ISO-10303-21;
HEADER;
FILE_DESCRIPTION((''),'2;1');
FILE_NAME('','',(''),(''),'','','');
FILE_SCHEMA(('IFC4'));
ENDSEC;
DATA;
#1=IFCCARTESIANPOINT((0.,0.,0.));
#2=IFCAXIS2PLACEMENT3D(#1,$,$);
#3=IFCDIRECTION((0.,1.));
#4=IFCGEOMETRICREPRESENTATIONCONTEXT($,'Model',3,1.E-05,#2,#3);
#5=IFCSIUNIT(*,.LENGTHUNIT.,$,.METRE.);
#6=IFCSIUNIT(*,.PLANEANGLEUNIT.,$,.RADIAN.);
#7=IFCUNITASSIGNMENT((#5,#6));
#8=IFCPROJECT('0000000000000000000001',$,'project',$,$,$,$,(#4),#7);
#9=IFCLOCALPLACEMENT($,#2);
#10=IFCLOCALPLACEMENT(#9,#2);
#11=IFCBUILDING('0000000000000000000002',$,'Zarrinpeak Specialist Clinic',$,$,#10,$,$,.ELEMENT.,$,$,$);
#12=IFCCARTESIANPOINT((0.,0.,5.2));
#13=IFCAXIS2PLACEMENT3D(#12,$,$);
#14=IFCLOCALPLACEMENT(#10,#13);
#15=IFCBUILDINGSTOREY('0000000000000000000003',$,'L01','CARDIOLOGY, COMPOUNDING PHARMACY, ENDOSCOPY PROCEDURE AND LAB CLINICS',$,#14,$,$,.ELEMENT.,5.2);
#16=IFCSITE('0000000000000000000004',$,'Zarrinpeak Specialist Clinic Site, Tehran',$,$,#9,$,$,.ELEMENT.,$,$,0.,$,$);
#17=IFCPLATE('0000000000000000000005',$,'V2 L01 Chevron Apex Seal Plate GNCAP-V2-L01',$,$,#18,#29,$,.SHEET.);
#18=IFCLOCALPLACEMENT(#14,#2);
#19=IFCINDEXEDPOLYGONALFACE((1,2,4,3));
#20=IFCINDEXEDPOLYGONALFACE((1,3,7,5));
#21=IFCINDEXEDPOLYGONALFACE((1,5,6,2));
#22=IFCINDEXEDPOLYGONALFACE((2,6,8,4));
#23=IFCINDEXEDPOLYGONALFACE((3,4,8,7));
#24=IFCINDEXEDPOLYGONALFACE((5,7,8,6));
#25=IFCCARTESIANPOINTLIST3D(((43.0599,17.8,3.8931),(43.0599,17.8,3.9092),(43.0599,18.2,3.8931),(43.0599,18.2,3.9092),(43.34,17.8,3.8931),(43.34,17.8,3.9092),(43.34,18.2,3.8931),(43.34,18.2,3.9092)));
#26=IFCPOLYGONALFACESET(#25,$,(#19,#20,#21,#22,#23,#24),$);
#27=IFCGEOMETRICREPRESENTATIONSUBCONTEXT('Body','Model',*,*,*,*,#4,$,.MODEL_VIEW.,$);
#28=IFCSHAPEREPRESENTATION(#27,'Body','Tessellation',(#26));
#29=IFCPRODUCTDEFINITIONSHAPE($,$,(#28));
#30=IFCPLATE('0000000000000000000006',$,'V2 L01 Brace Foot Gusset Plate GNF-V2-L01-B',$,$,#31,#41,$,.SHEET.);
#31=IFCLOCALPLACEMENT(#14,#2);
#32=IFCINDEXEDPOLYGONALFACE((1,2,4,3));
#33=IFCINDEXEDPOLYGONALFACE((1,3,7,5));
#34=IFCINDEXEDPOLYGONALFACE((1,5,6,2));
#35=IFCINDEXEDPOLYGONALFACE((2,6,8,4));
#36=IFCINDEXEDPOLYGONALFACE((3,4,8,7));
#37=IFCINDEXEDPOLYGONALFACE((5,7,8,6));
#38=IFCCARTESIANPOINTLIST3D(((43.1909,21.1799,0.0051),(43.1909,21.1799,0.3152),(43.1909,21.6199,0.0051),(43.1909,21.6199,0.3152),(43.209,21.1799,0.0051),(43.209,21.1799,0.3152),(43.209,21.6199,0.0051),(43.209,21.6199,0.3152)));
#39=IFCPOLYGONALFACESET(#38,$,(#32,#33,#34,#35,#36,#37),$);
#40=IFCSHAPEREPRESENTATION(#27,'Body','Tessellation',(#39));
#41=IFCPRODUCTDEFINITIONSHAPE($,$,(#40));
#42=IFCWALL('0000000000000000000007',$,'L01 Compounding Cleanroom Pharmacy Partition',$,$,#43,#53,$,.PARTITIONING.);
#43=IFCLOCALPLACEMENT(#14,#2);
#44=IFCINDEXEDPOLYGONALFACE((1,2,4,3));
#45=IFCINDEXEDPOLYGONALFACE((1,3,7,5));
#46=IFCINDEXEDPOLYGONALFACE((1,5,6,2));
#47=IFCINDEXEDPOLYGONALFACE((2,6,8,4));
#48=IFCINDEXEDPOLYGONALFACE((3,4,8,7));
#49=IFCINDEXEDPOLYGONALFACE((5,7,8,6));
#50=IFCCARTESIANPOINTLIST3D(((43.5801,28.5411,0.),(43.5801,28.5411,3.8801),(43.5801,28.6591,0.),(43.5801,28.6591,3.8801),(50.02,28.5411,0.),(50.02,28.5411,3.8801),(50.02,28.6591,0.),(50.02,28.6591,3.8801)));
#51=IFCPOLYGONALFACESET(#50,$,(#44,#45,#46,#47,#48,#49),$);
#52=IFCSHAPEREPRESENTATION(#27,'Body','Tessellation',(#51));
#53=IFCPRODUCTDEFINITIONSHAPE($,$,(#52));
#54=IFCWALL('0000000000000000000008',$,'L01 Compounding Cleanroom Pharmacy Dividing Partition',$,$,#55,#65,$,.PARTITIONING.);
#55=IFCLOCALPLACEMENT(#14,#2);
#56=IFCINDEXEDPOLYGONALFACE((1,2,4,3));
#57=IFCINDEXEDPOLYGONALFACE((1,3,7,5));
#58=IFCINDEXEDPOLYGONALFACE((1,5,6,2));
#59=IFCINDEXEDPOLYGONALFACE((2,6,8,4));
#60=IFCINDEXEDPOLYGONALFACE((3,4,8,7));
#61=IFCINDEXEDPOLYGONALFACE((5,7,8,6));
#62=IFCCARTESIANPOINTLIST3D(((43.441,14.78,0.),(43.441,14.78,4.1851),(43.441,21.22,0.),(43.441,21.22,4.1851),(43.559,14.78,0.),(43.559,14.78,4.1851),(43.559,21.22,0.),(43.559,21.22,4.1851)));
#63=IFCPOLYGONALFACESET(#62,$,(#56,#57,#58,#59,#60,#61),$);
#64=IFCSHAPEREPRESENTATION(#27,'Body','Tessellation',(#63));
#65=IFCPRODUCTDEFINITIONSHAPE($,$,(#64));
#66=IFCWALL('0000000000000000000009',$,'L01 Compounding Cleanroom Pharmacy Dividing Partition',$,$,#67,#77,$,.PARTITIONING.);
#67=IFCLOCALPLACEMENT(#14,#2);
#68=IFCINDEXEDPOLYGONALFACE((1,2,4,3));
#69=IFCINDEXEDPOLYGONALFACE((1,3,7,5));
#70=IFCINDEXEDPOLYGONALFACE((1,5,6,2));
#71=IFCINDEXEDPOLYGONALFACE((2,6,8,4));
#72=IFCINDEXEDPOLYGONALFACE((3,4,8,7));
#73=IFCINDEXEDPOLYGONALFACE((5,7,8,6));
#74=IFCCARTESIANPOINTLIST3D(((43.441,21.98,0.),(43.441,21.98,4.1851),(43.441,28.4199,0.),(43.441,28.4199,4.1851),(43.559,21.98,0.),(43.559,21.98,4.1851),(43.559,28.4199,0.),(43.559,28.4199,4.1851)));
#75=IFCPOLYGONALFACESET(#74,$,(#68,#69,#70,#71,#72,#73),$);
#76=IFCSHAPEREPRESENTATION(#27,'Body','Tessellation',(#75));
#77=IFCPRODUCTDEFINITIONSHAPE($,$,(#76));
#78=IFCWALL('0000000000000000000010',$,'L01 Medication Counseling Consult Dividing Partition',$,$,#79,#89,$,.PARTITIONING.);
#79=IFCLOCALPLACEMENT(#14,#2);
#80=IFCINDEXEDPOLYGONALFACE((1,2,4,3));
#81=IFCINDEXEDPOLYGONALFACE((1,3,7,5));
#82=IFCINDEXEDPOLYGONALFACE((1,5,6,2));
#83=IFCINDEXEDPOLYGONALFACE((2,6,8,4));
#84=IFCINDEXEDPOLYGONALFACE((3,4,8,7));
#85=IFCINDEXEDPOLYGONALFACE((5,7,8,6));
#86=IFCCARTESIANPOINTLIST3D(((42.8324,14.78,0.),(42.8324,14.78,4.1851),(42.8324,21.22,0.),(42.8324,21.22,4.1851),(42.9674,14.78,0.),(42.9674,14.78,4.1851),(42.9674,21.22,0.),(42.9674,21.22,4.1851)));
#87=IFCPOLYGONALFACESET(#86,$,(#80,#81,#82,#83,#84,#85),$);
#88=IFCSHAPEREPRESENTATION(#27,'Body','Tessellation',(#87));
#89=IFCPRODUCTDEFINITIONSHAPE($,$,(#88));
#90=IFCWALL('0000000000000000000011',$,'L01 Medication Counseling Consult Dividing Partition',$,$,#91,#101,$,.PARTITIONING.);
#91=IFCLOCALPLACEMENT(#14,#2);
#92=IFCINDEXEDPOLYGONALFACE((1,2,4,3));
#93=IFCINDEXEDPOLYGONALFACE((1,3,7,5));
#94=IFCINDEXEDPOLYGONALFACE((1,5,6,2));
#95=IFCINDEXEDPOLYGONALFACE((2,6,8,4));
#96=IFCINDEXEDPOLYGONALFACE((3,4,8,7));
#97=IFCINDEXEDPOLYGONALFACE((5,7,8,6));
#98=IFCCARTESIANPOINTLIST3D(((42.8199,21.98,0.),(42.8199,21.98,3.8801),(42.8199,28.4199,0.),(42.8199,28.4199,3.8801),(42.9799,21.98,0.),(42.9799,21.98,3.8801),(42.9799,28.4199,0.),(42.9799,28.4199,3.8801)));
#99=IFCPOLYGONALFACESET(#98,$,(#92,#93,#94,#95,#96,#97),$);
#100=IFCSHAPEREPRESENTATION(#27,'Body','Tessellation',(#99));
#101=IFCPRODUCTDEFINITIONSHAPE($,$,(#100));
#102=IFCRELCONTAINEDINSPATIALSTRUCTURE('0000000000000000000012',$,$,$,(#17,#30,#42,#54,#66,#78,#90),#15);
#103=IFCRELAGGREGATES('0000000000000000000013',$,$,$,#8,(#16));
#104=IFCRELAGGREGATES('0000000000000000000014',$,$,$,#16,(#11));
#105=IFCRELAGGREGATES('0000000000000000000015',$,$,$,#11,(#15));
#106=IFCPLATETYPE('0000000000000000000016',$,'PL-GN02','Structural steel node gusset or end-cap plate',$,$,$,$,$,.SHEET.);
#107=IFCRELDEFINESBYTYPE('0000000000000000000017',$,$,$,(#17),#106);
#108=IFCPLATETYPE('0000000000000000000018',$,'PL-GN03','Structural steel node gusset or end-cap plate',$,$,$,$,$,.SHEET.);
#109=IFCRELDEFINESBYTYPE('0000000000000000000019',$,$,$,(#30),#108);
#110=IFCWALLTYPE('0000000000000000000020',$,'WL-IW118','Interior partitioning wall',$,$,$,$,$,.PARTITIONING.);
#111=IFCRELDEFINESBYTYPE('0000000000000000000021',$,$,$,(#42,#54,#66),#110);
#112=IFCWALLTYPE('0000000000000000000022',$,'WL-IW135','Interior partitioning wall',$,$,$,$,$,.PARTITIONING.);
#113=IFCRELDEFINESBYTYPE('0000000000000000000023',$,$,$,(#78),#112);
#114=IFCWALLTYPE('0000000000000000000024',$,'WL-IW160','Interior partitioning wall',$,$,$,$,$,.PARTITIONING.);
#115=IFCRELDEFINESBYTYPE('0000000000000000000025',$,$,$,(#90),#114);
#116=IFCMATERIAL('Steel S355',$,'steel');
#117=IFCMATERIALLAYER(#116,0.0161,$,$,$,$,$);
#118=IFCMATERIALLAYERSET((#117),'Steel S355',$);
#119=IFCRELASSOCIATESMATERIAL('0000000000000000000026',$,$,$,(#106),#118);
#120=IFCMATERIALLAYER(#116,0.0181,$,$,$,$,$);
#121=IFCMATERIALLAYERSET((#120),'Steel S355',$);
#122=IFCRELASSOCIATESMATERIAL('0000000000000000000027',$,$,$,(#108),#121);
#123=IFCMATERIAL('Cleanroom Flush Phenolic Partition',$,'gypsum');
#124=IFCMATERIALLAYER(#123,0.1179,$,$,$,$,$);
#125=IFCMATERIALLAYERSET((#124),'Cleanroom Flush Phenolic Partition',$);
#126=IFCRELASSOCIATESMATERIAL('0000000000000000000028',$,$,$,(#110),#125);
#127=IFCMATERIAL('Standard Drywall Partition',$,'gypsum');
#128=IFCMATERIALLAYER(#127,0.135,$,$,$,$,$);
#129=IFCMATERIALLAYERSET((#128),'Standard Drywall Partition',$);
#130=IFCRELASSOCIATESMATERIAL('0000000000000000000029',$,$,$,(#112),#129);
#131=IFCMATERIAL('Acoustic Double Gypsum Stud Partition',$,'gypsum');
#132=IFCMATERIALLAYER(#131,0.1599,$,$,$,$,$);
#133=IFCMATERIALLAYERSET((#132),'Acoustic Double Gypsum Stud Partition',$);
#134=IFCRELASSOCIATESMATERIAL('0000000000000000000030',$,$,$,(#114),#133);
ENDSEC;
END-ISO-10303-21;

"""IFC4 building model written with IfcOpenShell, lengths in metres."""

from ifc_helpers import new_model, si_unit, direction, frame, frame_2d, origin, origin_2d, place, context, subcontext, project, spatial, rectangle, extrude, material, layer, layer_set, type_object, element, save


model = new_model("IFC4")

# Units and contexts
model_context = context("Model", 3, precision=1e-05, world=origin(), true_north=direction((0.0, 1.0)))
body_context = subcontext(model_context, "Body", "Model", "MODEL_VIEW")
ifc_project = project(units=[si_unit("LENGTHUNIT", "METRE"), si_unit("PLANEANGLEUNIT", "RADIAN")], contexts=[model_context])

# Site, building, storey
site_placement = place(None, origin())
site = spatial("IfcSite", under=ifc_project, at=site_placement, Name="Zarrinpeak Specialist Clinic Site, Tehran", CompositionType="ELEMENT", RefElevation=0.0)
building_placement = place(site_placement, origin())
building = spatial("IfcBuilding", under=site, at=building_placement, Name="Zarrinpeak Specialist Clinic", CompositionType="ELEMENT")
storey_placement = place(building_placement, frame((0.0, 0.0, 5.2)))
storey = spatial("IfcBuildingStorey", under=building, at=storey_placement, Name="L01", Description="CARDIOLOGY, COMPOUNDING PHARMACY, ENDOSCOPY PROCEDURE AND LAB CLINICS", CompositionType="ELEMENT", Elevation=5.2)

# Shared definitions
ifc_material_1 = material(Name="Steel S355", Category="steel")

# Plates
ifc_layer_1 = layer(ifc_material_1, 0.0161)
ifc_layer_set_1 = layer_set([ifc_layer_1], Name="Steel S355")
plate_type_1 = type_object("IfcPlateType", Name="PL-GN02", Description="Structural steel node gusset or end-cap plate", PredefinedType="SHEET", material=ifc_layer_set_1)
plate_1_placement = place(storey_placement, frame((43.2, 18.0, 3.8931), z_axis=(0.0, 0.0, 1.0), x_axis=(1.0, 0.0, 0.0)))
element("IfcPlate", 1, at=plate_1_placement, inside=storey, type_object=plate_type_1, Name="V2 L01 Chevron Apex Seal Plate GNCAP-V2-L01", PredefinedType="SHEET", context=body_context, shape_type="SweptSolid", body=[
    extrude(rectangle(XDim=0.28, YDim=0.3999, at=origin_2d()), origin(), (0.0, 0.0, 1.0), 0.0161),
])
ifc_layer_2 = layer(ifc_material_1, 0.0181)
ifc_layer_set_2 = layer_set([ifc_layer_2], Name="Steel S355")
plate_type_2 = type_object("IfcPlateType", Name="PL-GN03", Description="Structural steel node gusset or end-cap plate", PredefinedType="SHEET", material=ifc_layer_set_2)
plate_2_placement = place(storey_placement, frame((43.2, 21.3999, 0.0051), z_axis=(0.0, 0.0, 1.0), x_axis=(1.0, 0.0, 0.0)))
element("IfcPlate", 2, at=plate_2_placement, inside=storey, type_object=plate_type_2, Name="V2 L01 Brace Foot Gusset Plate GNF-V2-L01-B", PredefinedType="SHEET", context=body_context, shape_type="SweptSolid", body=[
    extrude(rectangle(XDim=0.0181, YDim=0.4399, at=origin_2d()), origin(), (0.0, 0.0, 1.0), 0.3101),
])

# Walls
ifc_material_2 = material(Name="Cleanroom Flush Phenolic Partition", Category="gypsum")
ifc_layer_3 = layer(ifc_material_2, 0.1179)
ifc_layer_set_3 = layer_set([ifc_layer_3], Name="Cleanroom Flush Phenolic Partition")
wall_type_1 = type_object("IfcWallType", Name="WL-IW118", Description="Interior partitioning wall", PredefinedType="PARTITIONING", material=ifc_layer_set_3)
wall_1_placement = place(storey_placement, frame((43.5801, 28.6001, 0.0), z_axis=(0.0, 0.0, 1.0), x_axis=(1.0, 0.0, 0.0)))
element("IfcWall", 3, at=wall_1_placement, inside=storey, type_object=wall_type_1, Name="L01 Compounding Cleanroom Pharmacy Partition", PredefinedType="PARTITIONING", context=body_context, shape_type="SweptSolid", body=[
    extrude(rectangle(XDim=6.4399, YDim=0.1179, at=frame_2d((3.22, 0.0))), origin(), (0.0, 0.0, 1.0), 3.8801),
])
for number, where, z_axis, x_axis, name in (
    (4, (43.5, 14.78, 0.0), (0.0, 0.0, 1.0), (0.0, 1.0, 0.0), "L01 Compounding Cleanroom Pharmacy Dividing Partition"),
    (5, (43.5, 21.98, 0.0), (0.0, 0.0, 1.0), (0.0, 1.0, 0.0), "L01 Compounding Cleanroom Pharmacy Dividing Partition"),
):
    element("IfcWall", number, at=place(storey_placement, frame(where, z_axis=z_axis, x_axis=x_axis)), inside=storey, type_object=wall_type_1, Name=name, PredefinedType="PARTITIONING", context=body_context, shape_type="SweptSolid", body=[
        extrude(rectangle(XDim=6.4399, YDim=0.1179, at=frame_2d((3.22, 0.0))), origin(), (0.0, 0.0, 1.0), 4.1851),
    ])
ifc_material_3 = material(Name="Standard Drywall Partition", Category="gypsum")
ifc_layer_4 = layer(ifc_material_3, 0.135)
ifc_layer_set_4 = layer_set([ifc_layer_4], Name="Standard Drywall Partition")
wall_type_2 = type_object("IfcWallType", Name="WL-IW135", Description="Interior partitioning wall", PredefinedType="PARTITIONING", material=ifc_layer_set_4)
wall_2_placement = place(storey_placement, frame((42.8999, 14.78, 0.0), z_axis=(0.0, 0.0, 1.0), x_axis=(0.0, 1.0, 0.0)))
element("IfcWall", 6, at=wall_2_placement, inside=storey, type_object=wall_type_2, Name="L01 Medication Counseling Consult Dividing Partition", PredefinedType="PARTITIONING", context=body_context, shape_type="SweptSolid", body=[
    extrude(rectangle(XDim=6.4399, YDim=0.135, at=frame_2d((3.22, 0.0))), origin(), (0.0, 0.0, 1.0), 4.1851),
])
ifc_material_4 = material(Name="Acoustic Double Gypsum Stud Partition", Category="gypsum")
ifc_layer_5 = layer(ifc_material_4, 0.1599)
ifc_layer_set_5 = layer_set([ifc_layer_5], Name="Acoustic Double Gypsum Stud Partition")
wall_type_3 = type_object("IfcWallType", Name="WL-IW160", Description="Interior partitioning wall", PredefinedType="PARTITIONING", material=ifc_layer_set_5)
wall_3_placement = place(storey_placement, frame((42.8999, 21.98, 0.0), z_axis=(0.0, 0.0, 1.0), x_axis=(0.0, 1.0, 0.0)))
element("IfcWall", 7, at=wall_3_placement, inside=storey, type_object=wall_type_3, Name="L01 Medication Counseling Consult Dividing Partition", PredefinedType="PARTITIONING", context=body_context, shape_type="SweptSolid", body=[
    extrude(rectangle(XDim=6.4399, YDim=0.1599, at=frame_2d((3.22, 0.0))), origin(), (0.0, 0.0, 1.0), 3.8801),
])

save(model, "model.ifc")
